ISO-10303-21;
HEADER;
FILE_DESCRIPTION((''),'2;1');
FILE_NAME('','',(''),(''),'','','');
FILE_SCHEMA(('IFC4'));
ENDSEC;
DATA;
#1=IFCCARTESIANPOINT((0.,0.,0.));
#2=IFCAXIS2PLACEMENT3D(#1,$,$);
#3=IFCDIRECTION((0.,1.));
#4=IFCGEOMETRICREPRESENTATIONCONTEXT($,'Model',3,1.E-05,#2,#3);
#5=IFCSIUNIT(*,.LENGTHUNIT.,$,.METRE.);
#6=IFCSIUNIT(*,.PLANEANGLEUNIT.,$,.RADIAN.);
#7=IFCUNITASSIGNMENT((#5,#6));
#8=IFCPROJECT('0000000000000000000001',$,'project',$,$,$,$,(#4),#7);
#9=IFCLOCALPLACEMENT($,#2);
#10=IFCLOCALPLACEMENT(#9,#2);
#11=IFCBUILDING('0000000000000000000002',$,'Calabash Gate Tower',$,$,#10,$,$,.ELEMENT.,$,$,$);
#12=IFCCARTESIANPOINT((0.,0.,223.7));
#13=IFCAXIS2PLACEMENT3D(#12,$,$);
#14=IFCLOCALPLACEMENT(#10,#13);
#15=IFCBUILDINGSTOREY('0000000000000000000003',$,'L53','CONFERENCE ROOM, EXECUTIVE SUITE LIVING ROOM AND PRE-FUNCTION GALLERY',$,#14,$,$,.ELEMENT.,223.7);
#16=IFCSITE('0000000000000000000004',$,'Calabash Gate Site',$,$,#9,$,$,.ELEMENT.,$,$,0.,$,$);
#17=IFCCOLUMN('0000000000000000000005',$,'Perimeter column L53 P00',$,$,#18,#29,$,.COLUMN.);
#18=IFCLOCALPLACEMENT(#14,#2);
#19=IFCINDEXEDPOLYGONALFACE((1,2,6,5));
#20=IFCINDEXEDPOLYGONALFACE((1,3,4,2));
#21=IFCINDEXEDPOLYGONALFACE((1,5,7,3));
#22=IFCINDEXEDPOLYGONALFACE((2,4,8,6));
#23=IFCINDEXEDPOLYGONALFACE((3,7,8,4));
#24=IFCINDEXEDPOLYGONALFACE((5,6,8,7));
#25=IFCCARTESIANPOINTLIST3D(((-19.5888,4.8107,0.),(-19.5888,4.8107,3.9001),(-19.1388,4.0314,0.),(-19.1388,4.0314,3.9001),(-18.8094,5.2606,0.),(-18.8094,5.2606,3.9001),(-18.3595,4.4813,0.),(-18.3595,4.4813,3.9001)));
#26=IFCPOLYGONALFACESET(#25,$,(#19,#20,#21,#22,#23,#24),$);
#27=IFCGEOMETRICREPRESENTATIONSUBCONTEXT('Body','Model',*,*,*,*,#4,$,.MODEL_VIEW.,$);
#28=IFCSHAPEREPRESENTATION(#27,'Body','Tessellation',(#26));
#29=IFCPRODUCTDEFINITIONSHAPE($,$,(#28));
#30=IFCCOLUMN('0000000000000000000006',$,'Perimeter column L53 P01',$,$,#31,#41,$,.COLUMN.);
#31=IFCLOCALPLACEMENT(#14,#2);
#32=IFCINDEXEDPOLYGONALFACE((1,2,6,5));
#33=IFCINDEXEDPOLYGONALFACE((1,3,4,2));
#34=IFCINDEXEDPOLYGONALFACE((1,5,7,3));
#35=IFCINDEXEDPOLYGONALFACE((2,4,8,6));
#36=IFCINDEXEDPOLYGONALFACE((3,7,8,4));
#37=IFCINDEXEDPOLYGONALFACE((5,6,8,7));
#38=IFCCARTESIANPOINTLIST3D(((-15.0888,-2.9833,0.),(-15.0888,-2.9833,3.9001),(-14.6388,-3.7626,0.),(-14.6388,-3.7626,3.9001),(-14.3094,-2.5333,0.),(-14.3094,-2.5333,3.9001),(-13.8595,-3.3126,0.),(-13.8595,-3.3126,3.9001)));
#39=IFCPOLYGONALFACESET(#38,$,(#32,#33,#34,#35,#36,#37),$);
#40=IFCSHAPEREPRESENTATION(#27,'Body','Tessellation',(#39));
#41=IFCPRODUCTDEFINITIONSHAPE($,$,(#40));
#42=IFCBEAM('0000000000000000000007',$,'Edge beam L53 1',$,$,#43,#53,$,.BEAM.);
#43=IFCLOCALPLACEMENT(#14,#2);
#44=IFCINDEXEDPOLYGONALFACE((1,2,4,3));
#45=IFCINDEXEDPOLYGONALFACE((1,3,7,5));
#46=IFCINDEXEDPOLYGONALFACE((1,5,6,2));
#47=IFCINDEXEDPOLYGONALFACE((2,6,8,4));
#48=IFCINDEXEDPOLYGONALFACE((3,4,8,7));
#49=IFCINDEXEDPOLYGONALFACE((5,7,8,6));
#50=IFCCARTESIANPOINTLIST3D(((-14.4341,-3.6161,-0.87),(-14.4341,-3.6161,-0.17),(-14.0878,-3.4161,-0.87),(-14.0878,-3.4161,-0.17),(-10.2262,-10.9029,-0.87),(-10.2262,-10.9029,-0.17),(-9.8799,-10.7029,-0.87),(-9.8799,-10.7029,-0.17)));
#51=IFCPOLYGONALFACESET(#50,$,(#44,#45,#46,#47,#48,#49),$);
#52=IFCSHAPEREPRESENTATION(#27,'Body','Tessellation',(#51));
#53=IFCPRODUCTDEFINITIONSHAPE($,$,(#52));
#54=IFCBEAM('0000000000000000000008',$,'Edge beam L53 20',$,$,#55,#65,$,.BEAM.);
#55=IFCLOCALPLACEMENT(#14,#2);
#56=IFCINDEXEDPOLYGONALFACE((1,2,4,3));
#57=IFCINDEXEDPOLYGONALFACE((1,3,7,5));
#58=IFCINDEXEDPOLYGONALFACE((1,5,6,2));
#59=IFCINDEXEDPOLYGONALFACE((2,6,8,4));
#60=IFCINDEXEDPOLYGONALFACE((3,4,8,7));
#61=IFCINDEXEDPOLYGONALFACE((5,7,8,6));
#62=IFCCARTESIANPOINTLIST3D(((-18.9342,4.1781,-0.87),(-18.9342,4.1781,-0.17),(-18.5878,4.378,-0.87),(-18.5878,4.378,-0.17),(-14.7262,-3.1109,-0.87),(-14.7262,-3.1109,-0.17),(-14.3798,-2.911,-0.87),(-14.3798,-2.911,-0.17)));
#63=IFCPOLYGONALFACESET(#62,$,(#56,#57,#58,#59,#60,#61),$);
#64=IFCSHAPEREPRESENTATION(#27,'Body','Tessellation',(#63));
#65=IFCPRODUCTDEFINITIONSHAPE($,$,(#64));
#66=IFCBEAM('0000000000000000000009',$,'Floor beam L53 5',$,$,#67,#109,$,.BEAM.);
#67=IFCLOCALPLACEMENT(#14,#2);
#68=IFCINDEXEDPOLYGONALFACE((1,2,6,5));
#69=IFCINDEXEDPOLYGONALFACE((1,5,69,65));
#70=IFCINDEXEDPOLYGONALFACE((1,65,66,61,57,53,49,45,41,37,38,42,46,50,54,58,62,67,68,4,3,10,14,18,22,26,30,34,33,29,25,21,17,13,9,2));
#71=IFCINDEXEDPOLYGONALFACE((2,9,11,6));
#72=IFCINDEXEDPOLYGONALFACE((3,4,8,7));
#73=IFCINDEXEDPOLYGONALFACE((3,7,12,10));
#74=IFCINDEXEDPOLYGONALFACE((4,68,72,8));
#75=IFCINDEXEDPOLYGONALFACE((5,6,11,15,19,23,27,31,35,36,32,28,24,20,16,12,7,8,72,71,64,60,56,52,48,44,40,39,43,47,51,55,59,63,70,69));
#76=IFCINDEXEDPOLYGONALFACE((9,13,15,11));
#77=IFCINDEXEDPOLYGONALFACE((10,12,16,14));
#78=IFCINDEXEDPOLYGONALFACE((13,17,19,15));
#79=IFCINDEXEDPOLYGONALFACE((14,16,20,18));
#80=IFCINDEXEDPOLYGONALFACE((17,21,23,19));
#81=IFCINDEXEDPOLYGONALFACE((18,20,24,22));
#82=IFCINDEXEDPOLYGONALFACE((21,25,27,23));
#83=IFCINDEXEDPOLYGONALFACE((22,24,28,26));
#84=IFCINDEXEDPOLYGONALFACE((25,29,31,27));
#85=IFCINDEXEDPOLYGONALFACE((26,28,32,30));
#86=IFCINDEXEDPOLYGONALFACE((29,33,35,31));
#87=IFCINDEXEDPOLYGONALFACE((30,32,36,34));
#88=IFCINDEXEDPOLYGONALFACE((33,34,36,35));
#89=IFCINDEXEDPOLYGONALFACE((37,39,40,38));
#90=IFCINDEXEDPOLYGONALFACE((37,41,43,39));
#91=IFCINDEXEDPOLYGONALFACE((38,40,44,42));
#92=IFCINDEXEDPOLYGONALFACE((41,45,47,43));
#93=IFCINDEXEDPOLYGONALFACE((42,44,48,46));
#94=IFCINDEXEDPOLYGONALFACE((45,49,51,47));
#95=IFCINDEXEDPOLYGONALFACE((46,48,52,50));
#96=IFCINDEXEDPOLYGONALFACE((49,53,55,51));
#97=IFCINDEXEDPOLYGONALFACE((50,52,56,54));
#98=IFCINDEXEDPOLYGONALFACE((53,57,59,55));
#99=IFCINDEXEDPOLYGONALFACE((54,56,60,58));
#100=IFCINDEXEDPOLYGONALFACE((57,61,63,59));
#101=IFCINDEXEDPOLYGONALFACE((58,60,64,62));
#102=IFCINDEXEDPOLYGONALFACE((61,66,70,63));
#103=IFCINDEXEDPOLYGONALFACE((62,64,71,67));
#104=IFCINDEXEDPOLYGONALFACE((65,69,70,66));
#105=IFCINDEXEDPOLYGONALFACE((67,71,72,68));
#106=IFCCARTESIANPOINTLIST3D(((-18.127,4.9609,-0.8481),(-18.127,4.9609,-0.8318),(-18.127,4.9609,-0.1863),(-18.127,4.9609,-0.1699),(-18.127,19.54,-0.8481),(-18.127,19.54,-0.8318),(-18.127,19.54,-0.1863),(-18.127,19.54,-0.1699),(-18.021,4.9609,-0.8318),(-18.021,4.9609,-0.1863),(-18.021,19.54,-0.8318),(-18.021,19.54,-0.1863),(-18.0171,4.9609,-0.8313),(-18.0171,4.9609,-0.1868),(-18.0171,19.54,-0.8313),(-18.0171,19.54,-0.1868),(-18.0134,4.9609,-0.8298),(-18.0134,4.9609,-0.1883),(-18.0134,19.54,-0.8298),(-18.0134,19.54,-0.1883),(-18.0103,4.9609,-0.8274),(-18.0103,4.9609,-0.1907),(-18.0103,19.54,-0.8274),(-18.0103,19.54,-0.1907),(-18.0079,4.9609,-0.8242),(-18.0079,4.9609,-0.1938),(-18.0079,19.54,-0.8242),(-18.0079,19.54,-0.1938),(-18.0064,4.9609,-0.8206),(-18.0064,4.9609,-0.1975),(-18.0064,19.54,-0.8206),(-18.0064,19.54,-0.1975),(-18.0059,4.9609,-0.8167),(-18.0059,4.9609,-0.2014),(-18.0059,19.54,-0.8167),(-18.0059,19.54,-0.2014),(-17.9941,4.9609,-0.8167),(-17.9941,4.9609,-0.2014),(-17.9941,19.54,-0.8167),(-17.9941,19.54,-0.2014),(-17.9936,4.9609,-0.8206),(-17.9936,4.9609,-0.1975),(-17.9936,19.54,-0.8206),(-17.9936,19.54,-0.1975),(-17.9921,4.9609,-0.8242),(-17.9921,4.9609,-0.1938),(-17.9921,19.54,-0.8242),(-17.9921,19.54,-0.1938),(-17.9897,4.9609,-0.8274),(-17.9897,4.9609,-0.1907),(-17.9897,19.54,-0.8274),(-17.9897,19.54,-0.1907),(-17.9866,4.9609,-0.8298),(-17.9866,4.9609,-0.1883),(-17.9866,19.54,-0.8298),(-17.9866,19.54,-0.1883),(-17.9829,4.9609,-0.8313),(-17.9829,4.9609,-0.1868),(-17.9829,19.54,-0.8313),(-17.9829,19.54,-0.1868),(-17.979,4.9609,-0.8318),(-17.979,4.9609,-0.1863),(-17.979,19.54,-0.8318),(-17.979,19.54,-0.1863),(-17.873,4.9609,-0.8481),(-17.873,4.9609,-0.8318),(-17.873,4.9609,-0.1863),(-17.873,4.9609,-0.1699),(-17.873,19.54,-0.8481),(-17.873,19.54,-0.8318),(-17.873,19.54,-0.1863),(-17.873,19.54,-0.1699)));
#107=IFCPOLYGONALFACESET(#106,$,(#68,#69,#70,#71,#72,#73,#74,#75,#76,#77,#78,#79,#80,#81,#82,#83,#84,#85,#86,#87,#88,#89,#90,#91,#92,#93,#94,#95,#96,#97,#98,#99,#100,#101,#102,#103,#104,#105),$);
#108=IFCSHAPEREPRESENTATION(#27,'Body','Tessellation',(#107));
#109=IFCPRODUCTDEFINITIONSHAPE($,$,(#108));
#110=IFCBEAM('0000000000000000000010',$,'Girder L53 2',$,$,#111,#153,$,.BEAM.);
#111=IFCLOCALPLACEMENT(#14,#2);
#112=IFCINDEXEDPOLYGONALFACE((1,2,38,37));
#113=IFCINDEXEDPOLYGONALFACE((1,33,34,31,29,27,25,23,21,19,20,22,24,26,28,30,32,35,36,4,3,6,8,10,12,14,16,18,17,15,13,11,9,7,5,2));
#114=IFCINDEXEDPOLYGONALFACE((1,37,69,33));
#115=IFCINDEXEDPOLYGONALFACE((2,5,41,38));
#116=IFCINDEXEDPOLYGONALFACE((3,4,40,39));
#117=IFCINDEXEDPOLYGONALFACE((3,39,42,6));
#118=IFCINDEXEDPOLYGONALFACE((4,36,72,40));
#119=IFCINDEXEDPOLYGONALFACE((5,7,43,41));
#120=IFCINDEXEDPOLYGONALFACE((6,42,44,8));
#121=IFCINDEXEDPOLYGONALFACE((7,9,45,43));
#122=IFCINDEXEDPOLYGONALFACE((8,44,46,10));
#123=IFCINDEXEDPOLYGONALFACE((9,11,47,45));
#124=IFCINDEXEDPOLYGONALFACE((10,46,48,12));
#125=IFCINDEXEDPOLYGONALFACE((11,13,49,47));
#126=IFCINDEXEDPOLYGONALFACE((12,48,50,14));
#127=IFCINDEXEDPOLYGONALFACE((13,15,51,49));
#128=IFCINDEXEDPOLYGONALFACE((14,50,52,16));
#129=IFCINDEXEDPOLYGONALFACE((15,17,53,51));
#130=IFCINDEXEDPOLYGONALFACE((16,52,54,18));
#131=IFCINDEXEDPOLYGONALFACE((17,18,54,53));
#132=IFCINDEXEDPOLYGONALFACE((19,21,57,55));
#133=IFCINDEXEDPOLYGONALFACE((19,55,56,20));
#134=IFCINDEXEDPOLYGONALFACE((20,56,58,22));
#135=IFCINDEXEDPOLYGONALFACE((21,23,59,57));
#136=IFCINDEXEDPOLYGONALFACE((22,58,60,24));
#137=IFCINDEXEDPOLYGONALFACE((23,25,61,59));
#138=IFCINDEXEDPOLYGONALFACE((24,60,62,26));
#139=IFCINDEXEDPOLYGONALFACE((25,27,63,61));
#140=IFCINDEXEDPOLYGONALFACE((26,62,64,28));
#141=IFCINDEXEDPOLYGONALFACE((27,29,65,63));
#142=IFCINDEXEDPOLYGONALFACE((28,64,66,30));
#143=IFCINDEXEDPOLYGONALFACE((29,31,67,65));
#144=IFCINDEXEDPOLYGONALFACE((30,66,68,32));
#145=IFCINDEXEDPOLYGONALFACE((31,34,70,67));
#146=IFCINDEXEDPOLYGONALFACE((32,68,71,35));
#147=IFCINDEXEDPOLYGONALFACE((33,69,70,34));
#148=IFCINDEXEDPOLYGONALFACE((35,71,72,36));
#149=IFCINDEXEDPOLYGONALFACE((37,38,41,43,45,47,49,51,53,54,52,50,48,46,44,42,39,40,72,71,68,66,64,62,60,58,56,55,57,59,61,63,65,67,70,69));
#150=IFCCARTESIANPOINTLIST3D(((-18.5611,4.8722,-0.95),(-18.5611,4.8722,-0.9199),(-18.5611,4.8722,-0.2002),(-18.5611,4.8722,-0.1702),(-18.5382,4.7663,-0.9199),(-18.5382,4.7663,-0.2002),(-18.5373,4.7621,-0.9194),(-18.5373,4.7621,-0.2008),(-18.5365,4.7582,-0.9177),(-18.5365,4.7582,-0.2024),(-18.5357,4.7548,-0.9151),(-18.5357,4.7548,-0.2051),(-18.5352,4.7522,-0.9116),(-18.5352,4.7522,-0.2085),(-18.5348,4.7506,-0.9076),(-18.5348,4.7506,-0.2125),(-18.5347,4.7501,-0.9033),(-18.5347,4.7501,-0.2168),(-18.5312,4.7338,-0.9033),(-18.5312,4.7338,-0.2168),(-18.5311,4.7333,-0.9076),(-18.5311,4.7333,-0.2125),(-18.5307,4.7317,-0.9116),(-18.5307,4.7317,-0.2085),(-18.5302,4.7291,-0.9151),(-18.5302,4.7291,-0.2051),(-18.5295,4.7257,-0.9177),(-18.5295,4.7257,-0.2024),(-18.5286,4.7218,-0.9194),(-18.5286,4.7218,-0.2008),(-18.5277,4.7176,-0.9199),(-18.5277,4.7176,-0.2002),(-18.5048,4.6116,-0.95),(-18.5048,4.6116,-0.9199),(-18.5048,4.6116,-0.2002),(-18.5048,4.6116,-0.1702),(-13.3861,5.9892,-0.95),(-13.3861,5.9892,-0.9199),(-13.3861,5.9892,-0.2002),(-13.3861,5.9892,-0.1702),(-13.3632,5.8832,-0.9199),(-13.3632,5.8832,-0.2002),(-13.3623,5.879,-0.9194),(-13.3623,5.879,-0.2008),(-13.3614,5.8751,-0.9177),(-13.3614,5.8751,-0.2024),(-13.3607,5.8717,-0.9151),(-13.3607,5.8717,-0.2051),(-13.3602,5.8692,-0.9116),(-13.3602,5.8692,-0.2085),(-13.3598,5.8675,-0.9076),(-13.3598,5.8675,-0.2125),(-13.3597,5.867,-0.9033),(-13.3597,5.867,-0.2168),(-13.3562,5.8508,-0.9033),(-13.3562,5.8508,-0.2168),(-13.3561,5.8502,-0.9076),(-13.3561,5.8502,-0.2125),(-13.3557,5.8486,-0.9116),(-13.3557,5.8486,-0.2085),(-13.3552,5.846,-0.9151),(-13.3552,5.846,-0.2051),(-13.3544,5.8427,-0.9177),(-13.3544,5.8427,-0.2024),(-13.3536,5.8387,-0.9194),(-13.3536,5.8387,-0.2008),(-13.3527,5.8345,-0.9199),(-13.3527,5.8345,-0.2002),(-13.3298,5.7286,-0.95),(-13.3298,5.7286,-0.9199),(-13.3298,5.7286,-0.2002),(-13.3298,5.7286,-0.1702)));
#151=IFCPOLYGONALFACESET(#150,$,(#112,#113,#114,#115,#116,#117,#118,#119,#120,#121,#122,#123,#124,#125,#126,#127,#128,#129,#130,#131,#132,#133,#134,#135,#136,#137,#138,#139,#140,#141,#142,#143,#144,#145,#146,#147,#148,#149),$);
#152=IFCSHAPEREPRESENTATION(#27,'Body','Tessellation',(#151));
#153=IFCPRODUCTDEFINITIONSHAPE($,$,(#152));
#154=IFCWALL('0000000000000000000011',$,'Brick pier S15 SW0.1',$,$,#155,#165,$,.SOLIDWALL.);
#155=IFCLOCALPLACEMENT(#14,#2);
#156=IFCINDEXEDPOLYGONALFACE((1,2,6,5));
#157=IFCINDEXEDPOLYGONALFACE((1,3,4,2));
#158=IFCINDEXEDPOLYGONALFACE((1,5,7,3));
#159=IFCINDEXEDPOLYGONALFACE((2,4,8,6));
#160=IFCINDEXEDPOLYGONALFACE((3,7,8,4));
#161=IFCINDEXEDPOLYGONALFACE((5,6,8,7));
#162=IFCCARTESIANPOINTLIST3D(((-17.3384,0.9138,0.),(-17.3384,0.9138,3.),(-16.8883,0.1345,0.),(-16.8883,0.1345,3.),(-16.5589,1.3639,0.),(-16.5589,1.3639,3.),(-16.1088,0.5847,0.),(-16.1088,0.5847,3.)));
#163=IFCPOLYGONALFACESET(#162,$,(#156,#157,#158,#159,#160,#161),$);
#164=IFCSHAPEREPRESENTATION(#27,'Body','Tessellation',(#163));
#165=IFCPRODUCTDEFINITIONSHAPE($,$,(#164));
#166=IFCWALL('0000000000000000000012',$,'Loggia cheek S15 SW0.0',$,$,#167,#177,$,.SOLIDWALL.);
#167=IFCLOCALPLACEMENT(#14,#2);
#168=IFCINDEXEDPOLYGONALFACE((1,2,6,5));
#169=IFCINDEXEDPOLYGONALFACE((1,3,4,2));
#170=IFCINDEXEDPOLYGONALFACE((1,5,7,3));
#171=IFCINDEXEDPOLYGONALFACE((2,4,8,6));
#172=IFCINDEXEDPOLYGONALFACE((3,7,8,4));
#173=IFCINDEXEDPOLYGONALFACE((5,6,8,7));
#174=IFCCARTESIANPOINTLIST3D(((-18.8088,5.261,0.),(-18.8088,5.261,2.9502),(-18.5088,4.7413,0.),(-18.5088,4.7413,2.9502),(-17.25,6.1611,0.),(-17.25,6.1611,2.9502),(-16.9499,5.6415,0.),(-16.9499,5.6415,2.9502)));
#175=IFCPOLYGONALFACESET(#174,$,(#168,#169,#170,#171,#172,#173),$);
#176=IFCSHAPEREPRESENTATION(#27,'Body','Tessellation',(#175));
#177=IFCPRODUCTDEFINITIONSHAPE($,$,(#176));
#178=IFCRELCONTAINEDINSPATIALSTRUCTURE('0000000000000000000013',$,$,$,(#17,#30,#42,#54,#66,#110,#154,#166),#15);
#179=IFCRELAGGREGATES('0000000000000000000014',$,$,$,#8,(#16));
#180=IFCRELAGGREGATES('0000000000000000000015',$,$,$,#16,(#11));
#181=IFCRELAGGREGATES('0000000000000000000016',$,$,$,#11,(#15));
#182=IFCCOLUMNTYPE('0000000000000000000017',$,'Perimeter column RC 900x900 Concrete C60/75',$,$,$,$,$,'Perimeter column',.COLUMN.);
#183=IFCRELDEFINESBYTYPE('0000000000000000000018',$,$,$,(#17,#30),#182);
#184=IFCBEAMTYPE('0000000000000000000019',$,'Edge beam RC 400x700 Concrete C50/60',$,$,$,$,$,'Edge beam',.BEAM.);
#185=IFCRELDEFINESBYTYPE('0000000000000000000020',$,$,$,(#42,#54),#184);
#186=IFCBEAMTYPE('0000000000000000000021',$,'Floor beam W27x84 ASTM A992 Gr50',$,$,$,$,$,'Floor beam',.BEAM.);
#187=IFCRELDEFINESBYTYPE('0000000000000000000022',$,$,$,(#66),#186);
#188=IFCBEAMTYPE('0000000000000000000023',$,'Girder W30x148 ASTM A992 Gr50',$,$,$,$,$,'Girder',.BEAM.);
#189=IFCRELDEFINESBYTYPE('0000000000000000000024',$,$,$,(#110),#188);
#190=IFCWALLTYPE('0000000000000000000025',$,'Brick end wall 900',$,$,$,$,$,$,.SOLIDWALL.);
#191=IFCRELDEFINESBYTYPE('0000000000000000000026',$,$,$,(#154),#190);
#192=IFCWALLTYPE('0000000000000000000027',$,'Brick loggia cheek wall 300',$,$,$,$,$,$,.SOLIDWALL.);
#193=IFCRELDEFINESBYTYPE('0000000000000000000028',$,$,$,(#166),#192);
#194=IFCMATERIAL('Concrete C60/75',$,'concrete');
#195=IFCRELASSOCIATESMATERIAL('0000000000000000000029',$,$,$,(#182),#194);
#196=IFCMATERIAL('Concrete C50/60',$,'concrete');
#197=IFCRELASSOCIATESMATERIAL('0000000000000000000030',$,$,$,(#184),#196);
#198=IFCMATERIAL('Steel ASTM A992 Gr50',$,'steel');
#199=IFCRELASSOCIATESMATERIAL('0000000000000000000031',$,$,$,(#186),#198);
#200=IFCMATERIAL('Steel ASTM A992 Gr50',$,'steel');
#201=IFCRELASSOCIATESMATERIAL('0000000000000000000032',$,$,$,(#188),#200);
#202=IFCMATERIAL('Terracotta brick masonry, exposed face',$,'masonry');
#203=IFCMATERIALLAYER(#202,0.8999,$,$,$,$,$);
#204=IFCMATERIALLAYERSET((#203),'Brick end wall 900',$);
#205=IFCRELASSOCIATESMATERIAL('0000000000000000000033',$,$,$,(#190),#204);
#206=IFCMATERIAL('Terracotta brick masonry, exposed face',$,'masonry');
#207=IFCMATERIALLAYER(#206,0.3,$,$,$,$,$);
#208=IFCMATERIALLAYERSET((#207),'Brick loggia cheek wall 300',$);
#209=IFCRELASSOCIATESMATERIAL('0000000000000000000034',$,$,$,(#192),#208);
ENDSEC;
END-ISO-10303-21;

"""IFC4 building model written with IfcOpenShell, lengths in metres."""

from ifc_helpers import new_model, si_unit, direction, frame, frame_2d, origin, origin_2d, place, context, subcontext, project, spatial, rectangle, i_section, extrude, material, layer, layer_set, material_profile, profile_set, type_object, element, save


model = new_model("IFC4")

# Units and contexts
model_context = context("Model", 3, precision=1e-05, world=origin(), true_north=direction((0.0, 1.0)))
body_context = subcontext(model_context, "Body", "Model", "MODEL_VIEW")
ifc_project = project(units=[si_unit("LENGTHUNIT", "METRE"), si_unit("PLANEANGLEUNIT", "RADIAN")], contexts=[model_context])

# Site, building, storey
site_placement = place(None, origin())
site = spatial("IfcSite", under=ifc_project, at=site_placement, Name="Calabash Gate Site", CompositionType="ELEMENT", RefElevation=0.0)
building_placement = place(site_placement, origin())
building = spatial("IfcBuilding", under=site, at=building_placement, Name="Calabash Gate Tower", CompositionType="ELEMENT")
storey_placement = place(building_placement, frame((0.0, 0.0, 223.7)))
storey = spatial("IfcBuildingStorey", under=building, at=storey_placement, Name="L53", Description="CONFERENCE ROOM, EXECUTIVE SUITE LIVING ROOM AND PRE-FUNCTION GALLERY", CompositionType="ELEMENT", Elevation=223.7)

# Columns
ifc_material_1 = material(Name="Concrete C60/75", Category="concrete")
ifc_material_profile_1 = material_profile(ifc_material_1, rectangle(XDim=0.8999, YDim=0.8999, at=origin_2d()))
ifc_profile_set_1 = profile_set([ifc_material_profile_1], Name="Concrete C60/75")
column_type = type_object("IfcColumnType", Name="Perimeter column RC 900x900 Concrete C60/75", ElementType="Perimeter column", PredefinedType="COLUMN", material=ifc_profile_set_1)
for number, where, z_axis, x_axis, name in (
    (1, (-18.9741, 4.646, 0.0), (0.0, 0.0, 1.0), (0.5, -0.866025, 0.0), "Perimeter column L53 P00"),
    (2, (-14.4741, -3.1479, 0.0), (0.0, 0.0, 1.0), (0.5, -0.866025, 0.0), "Perimeter column L53 P01"),
):
    element("IfcColumn", number, at=place(storey_placement, frame(where, z_axis=z_axis, x_axis=x_axis)), inside=storey, type_object=column_type, Name=name, PredefinedType="COLUMN", context=body_context, shape_type="SweptSolid", body=[
        extrude(rectangle(XDim=0.8999, YDim=0.8999, at=origin_2d()), origin(), (0.0, 0.0, 1.0), 3.9001),
    ])

# Beams
ifc_material_2 = material(Name="Concrete C50/60", Category="concrete")
ifc_material_profile_2 = material_profile(ifc_material_2, rectangle(XDim=0.3999, YDim=0.7, at=origin_2d()))
ifc_profile_set_2 = profile_set([ifc_material_profile_2], Name="Concrete C50/60")
beam_type_1 = type_object("IfcBeamType", Name="Edge beam RC 400x700 Concrete C50/60", ElementType="Edge beam", PredefinedType="BEAM", material=ifc_profile_set_2)
beam_1_placement = place(storey_placement, frame((-14.261, -3.5161, -0.52), z_axis=(0.500083, -0.865977, 0.0), x_axis=(0.865977, 0.500083, 0.0)))
element("IfcBeam", 3, at=beam_1_placement, inside=storey, type_object=beam_type_1, Name="Edge beam L53 1", PredefinedType="BEAM", context=body_context, shape_type="SweptSolid", body=[
    extrude(rectangle(XDim=0.3999, YDim=0.7, at=origin_2d()), origin(), (0.0, 0.0, 1.0), 8.4146),
])
beam_2_placement = place(storey_placement, frame((-18.761, 4.2781, -0.52), z_axis=(0.49997, -0.866043, 0.0), x_axis=(0.866043, 0.49997, 0.0)))
element("IfcBeam", 4, at=beam_2_placement, inside=storey, type_object=beam_type_1, Name="Edge beam L53 20", PredefinedType="BEAM", context=body_context, shape_type="SweptSolid", body=[
    extrude(rectangle(XDim=0.3999, YDim=0.7, at=origin_2d()), origin(), (0.0, 0.0, 1.0), 8.4165),
])
ifc_material_3 = material(Name="Steel ASTM A992 Gr50", Category="steel")
ifc_material_profile_3 = material_profile(ifc_material_3, i_section(OverallWidth=0.2539, OverallDepth=0.6782, WebThickness=0.0117, FlangeThickness=0.0164, FilletRadius=0.0151, at=origin_2d()))
ifc_profile_set_3 = profile_set([ifc_material_profile_3], Name="Steel ASTM A992 Gr50")
beam_type_2 = type_object("IfcBeamType", Name="Floor beam W27x84 ASTM A992 Gr50", ElementType="Floor beam", PredefinedType="BEAM", material=ifc_profile_set_3)
beam_3_placement = place(storey_placement, frame((-18.0, 4.9609, -0.509), z_axis=(0.0, 1.0, 0.0), x_axis=(-1.0, 0.0, 0.0)))
element("IfcBeam", 5, at=beam_3_placement, inside=storey, type_object=beam_type_2, Name="Floor beam L53 5", PredefinedType="BEAM", context=body_context, shape_type="SweptSolid", body=[
    extrude(i_section(OverallWidth=0.2539, OverallDepth=0.6782, WebThickness=0.0117, FlangeThickness=0.0164, FilletRadius=0.0151, at=origin_2d()), origin(), (0.0, 0.0, 1.0), 14.5791),
])
ifc_material_4 = material(Name="Steel ASTM A992 Gr50", Category="steel")
ifc_material_profile_4 = material_profile(ifc_material_4, i_section(OverallWidth=0.2666, OverallDepth=0.7798, WebThickness=0.0166, FlangeThickness=0.03, FilletRadius=0.0166, at=origin_2d()))
ifc_profile_set_4 = profile_set([ifc_material_profile_4], Name="Steel ASTM A992 Gr50")
beam_type_3 = type_object("IfcBeamType", Name="Girder W30x148 ASTM A992 Gr50", ElementType="Girder", PredefinedType="BEAM", material=ifc_profile_set_4)
beam_4_placement = place(storey_placement, frame((-18.533, 4.7419, -0.5601), z_axis=(0.977492, 0.210974, 0.0), x_axis=(-0.210974, 0.977492, 0.0)))
element("IfcBeam", 6, at=beam_4_placement, inside=storey, type_object=beam_type_3, Name="Girder L53 2", PredefinedType="BEAM", context=body_context, shape_type="SweptSolid", body=[
    extrude(i_section(OverallWidth=0.2666, OverallDepth=0.7798, WebThickness=0.0166, FlangeThickness=0.03, FilletRadius=0.0166, at=origin_2d()), origin(), (0.0, 0.0, 1.0), 5.2942),
])

# Walls
ifc_material_5 = material(Name="Terracotta brick masonry, exposed face", Category="masonry")
ifc_layer_1 = layer(ifc_material_5, 0.8999)
ifc_layer_set_1 = layer_set([ifc_layer_1], Name="Brick end wall 900")
wall_type_1 = type_object("IfcWallType", Name="Brick end wall 900", PredefinedType="SOLIDWALL", material=ifc_layer_set_1)
wall_1_placement = place(storey_placement, frame((-16.3337, 0.9744, 0.0), z_axis=(0.0, 0.0, 1.0), x_axis=(-0.865964, -0.500106, 0.0)))
element("IfcWall", 7, at=wall_1_placement, inside=storey, type_object=wall_type_1, Name="Brick pier S15 SW0.1", PredefinedType="SOLIDWALL", context=body_context, shape_type="SweptSolid", body=[
    extrude(rectangle(XDim=0.9001, YDim=0.8999, at=frame_2d((0.4502, 0.0))), origin(), (0.0, 0.0, 1.0), 3.0),
])
ifc_material_6 = material(Name="Terracotta brick masonry, exposed face", Category="masonry")
ifc_layer_2 = layer(ifc_material_6, 0.3)
ifc_layer_set_2 = layer_set([ifc_layer_2], Name="Brick loggia cheek wall 300")
wall_type_2 = type_object("IfcWallType", Name="Brick loggia cheek wall 300", PredefinedType="SOLIDWALL", material=ifc_layer_set_2)
wall_2_placement = place(storey_placement, frame((-18.6587, 5.0012, 0.0), z_axis=(0.0, 0.0, 1.0), x_axis=(0.865989, 0.500063, 0.0)))
element("IfcWall", 8, at=wall_2_placement, inside=storey, type_object=wall_type_2, Name="Loggia cheek S15 SW0.0", PredefinedType="SOLIDWALL", context=body_context, shape_type="SweptSolid", body=[
    extrude(rectangle(XDim=1.8, YDim=0.6001, at=frame_2d((0.8999, 0.0))), origin(), (0.0, 0.0, 1.0), 2.9502),
])

save(model, "model.ifc")
